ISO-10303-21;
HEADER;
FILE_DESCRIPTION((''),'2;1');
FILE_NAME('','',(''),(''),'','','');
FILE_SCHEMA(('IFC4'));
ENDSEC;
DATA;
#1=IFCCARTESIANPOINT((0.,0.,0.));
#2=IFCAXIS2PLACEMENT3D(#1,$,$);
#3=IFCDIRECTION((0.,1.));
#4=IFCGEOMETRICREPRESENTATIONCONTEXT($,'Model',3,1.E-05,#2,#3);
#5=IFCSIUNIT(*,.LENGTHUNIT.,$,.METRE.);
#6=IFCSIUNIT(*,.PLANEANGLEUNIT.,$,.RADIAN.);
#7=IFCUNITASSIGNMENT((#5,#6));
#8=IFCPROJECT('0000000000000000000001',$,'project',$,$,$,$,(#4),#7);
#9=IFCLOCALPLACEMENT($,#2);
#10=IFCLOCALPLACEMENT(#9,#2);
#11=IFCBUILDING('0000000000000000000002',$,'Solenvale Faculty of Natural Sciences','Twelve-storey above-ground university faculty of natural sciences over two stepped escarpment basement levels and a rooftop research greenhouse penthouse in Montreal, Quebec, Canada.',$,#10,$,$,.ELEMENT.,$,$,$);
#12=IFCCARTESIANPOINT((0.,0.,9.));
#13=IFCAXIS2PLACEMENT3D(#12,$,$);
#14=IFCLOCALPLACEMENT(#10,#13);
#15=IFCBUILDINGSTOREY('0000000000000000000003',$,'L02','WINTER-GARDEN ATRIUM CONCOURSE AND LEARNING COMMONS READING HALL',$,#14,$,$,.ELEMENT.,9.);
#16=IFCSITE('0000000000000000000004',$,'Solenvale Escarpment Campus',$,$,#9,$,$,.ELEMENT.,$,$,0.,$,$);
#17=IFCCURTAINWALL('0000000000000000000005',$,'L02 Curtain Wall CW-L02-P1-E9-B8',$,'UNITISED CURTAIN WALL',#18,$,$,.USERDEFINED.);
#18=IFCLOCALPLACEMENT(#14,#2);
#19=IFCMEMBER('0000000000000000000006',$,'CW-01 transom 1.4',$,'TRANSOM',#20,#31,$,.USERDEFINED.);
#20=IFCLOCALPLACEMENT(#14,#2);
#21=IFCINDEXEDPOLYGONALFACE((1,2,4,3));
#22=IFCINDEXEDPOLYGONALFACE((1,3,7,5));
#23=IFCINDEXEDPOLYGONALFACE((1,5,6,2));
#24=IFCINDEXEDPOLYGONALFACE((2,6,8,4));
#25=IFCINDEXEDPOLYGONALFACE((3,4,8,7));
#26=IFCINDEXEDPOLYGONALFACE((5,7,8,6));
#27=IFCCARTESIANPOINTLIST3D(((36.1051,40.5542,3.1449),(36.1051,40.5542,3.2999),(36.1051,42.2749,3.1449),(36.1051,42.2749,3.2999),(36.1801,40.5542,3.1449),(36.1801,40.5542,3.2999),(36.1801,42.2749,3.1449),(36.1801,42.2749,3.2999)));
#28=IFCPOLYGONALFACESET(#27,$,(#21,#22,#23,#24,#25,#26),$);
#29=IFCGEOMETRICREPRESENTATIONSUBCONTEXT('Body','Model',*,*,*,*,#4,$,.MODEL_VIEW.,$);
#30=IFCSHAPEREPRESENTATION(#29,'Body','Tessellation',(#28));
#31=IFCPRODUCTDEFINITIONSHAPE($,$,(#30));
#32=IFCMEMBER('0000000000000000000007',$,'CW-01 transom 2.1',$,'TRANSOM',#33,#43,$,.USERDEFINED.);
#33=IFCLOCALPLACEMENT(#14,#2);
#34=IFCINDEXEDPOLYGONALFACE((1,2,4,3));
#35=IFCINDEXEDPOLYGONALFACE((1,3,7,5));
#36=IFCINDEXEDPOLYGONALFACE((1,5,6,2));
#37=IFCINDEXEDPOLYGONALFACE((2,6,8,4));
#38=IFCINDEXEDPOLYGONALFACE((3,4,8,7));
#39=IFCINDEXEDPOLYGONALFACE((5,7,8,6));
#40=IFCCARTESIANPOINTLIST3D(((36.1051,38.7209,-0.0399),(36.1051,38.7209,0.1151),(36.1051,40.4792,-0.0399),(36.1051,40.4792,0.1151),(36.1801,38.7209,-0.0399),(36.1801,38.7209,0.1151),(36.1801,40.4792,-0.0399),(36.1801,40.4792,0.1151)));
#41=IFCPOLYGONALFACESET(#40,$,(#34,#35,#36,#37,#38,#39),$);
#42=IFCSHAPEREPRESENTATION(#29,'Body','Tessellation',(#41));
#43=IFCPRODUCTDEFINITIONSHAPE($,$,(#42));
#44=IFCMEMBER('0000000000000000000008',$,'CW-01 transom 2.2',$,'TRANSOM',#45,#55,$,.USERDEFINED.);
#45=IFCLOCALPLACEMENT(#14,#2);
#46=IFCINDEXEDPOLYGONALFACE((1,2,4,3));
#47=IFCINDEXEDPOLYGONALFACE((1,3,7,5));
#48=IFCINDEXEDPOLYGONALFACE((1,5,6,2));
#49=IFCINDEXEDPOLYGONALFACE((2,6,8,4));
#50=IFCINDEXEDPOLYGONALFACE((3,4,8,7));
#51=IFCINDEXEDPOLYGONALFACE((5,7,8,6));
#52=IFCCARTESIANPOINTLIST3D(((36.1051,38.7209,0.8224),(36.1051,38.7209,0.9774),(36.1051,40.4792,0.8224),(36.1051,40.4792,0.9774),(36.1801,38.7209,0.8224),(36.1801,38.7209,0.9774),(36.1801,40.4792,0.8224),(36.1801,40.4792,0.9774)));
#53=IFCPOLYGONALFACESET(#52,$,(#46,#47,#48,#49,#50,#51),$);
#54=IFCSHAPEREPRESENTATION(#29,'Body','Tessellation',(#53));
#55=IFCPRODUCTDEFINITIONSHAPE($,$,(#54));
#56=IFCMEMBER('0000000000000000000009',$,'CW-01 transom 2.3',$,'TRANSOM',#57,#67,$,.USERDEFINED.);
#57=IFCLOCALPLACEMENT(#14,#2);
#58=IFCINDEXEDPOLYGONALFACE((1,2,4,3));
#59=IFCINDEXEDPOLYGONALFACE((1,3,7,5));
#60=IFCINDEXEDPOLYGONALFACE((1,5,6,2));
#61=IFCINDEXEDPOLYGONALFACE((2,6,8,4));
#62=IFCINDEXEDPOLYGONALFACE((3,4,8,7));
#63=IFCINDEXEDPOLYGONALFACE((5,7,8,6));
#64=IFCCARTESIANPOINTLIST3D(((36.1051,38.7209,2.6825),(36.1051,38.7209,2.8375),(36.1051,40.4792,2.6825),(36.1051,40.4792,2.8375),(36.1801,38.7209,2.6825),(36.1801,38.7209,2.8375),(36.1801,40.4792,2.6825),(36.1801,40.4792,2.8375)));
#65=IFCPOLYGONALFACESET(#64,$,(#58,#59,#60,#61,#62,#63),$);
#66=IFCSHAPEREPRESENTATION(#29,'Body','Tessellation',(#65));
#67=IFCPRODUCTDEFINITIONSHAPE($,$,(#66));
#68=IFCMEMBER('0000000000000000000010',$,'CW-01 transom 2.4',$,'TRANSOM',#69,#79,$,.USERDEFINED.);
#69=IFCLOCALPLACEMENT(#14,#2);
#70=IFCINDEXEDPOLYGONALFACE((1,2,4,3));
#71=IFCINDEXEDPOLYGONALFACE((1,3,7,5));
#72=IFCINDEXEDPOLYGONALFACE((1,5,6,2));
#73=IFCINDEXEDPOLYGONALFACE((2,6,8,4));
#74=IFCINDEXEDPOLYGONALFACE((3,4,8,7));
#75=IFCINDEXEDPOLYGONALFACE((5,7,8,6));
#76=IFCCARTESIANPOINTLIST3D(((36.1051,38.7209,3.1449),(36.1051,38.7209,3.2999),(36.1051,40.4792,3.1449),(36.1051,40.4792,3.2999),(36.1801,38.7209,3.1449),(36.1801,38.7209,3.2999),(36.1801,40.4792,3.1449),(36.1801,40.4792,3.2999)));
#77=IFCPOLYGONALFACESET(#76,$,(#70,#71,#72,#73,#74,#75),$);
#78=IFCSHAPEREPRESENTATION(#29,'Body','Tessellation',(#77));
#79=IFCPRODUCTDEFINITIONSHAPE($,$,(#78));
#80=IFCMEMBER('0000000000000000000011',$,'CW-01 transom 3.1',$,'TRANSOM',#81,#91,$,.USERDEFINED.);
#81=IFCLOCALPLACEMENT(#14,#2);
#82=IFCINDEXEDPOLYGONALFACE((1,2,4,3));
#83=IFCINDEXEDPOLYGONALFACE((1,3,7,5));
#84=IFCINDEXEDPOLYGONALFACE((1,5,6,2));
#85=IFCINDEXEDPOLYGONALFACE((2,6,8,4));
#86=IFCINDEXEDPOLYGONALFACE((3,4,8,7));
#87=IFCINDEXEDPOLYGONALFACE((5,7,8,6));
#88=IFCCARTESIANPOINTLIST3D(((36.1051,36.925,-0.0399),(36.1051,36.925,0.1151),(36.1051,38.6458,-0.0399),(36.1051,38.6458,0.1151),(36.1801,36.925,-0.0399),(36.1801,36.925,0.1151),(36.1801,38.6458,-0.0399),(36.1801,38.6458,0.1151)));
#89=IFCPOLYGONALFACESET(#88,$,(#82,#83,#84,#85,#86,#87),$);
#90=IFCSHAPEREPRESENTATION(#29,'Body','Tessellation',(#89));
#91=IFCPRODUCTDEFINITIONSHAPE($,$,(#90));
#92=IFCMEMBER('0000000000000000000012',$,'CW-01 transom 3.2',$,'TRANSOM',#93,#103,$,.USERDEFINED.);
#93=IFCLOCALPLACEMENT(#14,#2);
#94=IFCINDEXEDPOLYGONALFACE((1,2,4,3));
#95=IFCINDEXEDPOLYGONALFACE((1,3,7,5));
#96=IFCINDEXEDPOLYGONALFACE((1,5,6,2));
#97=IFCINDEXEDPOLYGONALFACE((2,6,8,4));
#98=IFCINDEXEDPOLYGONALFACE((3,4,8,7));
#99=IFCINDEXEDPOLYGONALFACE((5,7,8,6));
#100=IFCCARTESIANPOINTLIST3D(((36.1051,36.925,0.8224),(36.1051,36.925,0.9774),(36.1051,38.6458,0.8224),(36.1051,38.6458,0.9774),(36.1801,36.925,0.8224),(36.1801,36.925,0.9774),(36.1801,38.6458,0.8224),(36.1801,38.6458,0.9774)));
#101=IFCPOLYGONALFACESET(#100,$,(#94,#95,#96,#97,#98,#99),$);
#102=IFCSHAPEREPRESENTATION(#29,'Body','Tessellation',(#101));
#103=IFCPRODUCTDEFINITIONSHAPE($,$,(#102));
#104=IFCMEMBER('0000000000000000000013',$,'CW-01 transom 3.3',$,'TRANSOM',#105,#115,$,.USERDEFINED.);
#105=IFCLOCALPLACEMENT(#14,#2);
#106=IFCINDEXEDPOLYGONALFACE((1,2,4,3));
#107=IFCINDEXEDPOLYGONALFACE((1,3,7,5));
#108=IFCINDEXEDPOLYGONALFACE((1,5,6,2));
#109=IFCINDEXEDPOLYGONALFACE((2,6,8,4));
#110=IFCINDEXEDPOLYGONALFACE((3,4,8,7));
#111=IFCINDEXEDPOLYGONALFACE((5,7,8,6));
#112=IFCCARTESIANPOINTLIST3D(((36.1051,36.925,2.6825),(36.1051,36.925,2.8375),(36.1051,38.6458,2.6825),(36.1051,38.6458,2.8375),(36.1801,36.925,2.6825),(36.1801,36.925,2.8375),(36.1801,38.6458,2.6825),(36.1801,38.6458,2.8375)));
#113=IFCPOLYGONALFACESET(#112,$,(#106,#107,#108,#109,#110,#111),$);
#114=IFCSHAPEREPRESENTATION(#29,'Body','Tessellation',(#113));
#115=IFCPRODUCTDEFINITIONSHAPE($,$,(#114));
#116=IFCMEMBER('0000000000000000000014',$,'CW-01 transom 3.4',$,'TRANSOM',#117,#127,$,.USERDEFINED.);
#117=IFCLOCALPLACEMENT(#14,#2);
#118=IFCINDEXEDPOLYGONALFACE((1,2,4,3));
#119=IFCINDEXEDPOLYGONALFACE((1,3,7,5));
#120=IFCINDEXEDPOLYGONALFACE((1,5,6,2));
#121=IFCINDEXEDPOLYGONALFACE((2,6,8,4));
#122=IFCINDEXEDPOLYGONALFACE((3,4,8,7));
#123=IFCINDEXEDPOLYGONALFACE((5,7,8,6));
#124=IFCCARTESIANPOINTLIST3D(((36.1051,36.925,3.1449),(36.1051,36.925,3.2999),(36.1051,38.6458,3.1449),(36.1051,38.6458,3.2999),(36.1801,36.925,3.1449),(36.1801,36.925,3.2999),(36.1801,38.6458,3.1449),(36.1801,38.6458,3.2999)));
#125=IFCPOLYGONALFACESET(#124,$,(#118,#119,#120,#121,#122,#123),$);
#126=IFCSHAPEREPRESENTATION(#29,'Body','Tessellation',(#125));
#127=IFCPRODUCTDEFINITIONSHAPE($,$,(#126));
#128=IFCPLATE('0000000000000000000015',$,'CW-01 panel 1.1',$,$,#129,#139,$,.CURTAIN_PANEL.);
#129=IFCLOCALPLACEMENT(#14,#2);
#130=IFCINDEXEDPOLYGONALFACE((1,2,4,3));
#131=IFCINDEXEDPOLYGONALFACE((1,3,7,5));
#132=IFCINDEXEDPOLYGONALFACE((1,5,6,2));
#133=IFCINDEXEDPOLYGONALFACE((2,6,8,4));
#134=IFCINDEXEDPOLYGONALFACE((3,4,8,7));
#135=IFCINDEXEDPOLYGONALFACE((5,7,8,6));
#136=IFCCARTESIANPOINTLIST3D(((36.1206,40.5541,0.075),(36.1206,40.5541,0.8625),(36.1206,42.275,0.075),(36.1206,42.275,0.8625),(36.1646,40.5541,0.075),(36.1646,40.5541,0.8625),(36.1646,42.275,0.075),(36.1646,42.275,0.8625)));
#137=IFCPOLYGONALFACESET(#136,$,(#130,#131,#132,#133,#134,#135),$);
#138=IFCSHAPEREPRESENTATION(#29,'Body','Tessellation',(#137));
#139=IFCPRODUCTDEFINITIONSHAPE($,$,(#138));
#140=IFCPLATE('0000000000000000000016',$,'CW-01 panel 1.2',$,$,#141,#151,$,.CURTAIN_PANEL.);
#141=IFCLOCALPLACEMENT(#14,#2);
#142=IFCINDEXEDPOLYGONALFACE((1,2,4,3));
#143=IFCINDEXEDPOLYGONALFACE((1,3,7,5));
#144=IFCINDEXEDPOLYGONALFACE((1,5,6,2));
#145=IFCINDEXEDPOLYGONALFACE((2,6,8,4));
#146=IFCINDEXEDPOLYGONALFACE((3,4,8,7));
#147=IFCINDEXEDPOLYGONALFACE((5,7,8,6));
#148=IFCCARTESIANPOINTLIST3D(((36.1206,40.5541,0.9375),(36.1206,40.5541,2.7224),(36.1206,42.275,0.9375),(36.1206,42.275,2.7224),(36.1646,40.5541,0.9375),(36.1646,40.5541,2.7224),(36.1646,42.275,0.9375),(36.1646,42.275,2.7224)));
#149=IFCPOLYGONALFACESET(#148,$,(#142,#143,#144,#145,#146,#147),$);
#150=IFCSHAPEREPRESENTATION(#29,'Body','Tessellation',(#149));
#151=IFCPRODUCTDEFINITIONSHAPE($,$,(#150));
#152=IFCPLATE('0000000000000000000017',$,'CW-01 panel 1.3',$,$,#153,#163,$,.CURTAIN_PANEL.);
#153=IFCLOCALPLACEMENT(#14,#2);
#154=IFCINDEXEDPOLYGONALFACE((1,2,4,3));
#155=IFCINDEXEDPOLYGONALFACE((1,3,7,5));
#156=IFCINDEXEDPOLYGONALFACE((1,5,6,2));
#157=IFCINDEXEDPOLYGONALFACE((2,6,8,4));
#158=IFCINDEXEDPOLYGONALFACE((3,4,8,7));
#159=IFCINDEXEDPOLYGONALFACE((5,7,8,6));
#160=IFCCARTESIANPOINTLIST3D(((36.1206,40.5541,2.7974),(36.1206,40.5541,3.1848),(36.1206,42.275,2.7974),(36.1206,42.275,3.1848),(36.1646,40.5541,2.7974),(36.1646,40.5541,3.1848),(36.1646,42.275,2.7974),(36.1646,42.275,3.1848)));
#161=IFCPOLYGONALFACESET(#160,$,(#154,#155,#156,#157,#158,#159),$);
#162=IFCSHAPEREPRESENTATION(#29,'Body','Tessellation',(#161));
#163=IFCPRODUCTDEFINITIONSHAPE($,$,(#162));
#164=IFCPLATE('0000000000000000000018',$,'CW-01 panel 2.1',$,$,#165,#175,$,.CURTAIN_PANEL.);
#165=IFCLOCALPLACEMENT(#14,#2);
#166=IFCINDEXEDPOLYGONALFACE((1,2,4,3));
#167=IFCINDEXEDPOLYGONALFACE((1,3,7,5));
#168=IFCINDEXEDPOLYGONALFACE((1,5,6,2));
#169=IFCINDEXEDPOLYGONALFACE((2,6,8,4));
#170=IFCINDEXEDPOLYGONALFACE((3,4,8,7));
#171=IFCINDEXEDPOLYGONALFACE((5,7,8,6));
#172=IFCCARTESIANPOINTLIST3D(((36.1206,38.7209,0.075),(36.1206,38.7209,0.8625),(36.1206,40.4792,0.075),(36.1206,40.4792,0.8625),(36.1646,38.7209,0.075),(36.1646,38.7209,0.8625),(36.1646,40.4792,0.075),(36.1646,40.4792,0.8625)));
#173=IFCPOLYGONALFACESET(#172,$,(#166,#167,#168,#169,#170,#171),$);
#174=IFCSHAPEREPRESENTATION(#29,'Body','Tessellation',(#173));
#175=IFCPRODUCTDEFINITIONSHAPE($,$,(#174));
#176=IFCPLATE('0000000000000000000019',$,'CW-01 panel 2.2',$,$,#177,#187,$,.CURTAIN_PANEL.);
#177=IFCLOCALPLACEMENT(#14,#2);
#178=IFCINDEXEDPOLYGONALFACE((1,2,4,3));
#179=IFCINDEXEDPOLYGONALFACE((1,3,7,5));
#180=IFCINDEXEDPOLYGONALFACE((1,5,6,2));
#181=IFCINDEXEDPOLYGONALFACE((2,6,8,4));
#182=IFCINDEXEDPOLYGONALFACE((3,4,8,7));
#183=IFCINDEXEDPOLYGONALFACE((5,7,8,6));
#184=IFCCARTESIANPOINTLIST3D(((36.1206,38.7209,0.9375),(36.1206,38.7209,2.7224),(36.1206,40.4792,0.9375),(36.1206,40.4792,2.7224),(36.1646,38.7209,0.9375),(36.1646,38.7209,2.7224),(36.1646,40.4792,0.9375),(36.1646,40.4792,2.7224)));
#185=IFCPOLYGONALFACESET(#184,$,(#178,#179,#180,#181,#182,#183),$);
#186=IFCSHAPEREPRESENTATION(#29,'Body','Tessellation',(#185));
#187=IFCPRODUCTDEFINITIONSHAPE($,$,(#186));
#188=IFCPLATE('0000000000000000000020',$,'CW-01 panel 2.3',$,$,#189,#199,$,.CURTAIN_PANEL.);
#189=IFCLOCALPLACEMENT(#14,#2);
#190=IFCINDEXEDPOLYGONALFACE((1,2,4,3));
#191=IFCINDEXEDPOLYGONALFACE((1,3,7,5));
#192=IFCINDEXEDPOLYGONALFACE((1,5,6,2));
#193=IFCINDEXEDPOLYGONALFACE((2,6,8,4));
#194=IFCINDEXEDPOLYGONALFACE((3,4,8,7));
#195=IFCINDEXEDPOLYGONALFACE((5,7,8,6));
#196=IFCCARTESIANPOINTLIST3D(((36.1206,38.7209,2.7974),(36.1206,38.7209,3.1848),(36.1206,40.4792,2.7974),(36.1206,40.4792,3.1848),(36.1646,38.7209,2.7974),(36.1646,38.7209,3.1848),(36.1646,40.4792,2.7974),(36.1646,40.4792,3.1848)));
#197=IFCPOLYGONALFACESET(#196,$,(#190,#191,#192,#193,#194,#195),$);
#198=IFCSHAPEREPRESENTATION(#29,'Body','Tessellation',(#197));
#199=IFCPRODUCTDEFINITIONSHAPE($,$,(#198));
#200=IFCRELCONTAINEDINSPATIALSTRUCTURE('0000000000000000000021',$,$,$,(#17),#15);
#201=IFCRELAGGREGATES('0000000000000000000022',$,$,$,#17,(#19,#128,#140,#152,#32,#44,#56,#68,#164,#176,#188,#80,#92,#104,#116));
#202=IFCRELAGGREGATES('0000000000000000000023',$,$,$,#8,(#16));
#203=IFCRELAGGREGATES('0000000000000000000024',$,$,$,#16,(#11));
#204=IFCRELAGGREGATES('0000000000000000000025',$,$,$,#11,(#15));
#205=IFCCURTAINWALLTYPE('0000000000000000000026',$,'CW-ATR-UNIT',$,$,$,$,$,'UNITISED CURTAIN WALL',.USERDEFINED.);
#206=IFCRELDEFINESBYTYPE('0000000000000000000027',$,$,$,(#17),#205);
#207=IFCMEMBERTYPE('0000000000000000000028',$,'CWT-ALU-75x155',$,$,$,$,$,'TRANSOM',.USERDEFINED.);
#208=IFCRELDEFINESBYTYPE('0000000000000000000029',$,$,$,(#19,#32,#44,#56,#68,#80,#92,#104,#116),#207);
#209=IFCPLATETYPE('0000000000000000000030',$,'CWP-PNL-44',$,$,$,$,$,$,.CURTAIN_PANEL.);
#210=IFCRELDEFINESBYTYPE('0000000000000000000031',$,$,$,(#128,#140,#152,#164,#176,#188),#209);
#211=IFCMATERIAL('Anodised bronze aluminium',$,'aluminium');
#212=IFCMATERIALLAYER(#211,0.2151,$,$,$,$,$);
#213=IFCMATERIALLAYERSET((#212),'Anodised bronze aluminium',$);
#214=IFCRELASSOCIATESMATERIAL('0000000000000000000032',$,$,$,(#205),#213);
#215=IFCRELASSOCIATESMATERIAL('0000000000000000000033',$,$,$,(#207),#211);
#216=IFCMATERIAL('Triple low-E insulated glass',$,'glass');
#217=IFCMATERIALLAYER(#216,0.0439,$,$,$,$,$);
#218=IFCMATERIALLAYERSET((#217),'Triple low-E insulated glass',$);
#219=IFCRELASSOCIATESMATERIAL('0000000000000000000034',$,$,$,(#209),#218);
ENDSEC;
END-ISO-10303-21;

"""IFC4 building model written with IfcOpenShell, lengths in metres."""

from ifc_helpers import new_model, si_unit, direction, frame, origin, origin_2d, place, context, subcontext, project, spatial, rectangle, extrude, material, layer, layer_set, material_profile, profile_set, type_object, element, aggregate, save


model = new_model("IFC4")

# Units and contexts
model_context = context("Model", 3, precision=1e-05, world=origin(), true_north=direction((0.0, 1.0)))
body_context = subcontext(model_context, "Body", "Model", "MODEL_VIEW")
ifc_project = project(units=[si_unit("LENGTHUNIT", "METRE"), si_unit("PLANEANGLEUNIT", "RADIAN")], contexts=[model_context])

# Site, building, storey
site_placement = place(None, origin())
site = spatial("IfcSite", under=ifc_project, at=site_placement, Name="Solenvale Escarpment Campus", CompositionType="ELEMENT", RefElevation=0.0)
building_placement = place(site_placement, origin())
building = spatial("IfcBuilding", under=site, at=building_placement, Name="Solenvale Faculty of Natural Sciences", Description="Twelve-storey above-ground university faculty of natural sciences over two stepped escarpment basement levels and a rooftop research greenhouse penthouse in Montreal, Quebec, Canada.", CompositionType="ELEMENT")
storey_placement = place(building_placement, frame((0.0, 0.0, 9.0)))
storey = spatial("IfcBuildingStorey", under=building, at=storey_placement, Name="L02", Description="WINTER-GARDEN ATRIUM CONCOURSE AND LEARNING COMMONS READING HALL", CompositionType="ELEMENT", Elevation=9.0)

# Curtain wall, members, plates
ifc_material_1 = material(Name="Anodised bronze aluminium", Category="aluminium")
ifc_layer_1 = layer(ifc_material_1, 0.2151)
ifc_layer_set_1 = layer_set([ifc_layer_1], Name="Anodised bronze aluminium")
curtain_wall_type = type_object("IfcCurtainWallType", Name="CW-ATR-UNIT", ElementType="UNITISED CURTAIN WALL", PredefinedType="USERDEFINED", material=ifc_layer_set_1)
curtain_wall_placement = place(storey_placement, origin())
curtain_wall = element("IfcCurtainWall", 1, at=curtain_wall_placement, inside=storey, type_object=curtain_wall_type, Name="L02 Curtain Wall CW-L02-P1-E9-B8", ObjectType="UNITISED CURTAIN WALL", PredefinedType="USERDEFINED")
ifc_material_profile_1 = material_profile(ifc_material_1, rectangle(XDim=0.075, YDim=0.155, at=origin_2d()), Name="ALU-TRN-75x155")
ifc_profile_set_1 = profile_set([ifc_material_profile_1], Name="Anodised bronze aluminium")
member_type_1 = type_object("IfcMemberType", Name="CWT-ALU-75x155", ElementType="TRANSOM", PredefinedType="USERDEFINED", material=ifc_profile_set_1)
member_1_placement = place(storey_placement, frame((36.1426, 42.2749, 3.2224), z_axis=(0.0, -1.0, 0.0), x_axis=(1.0, 0.0, 0.0)))
member_1 = element("IfcMember", 2, at=member_1_placement, type_object=member_type_1, Name="CW-01 transom 1.4", ObjectType="TRANSOM", PredefinedType="USERDEFINED", context=body_context, shape_type="SweptSolid", body=[
    extrude(rectangle(XDim=0.075, YDim=0.155, at=origin_2d()), origin(), (0.0, 0.0, 1.0), 1.7207),
])
member_2_placement = place(storey_placement, frame((36.1426, 40.4792, 0.0376), z_axis=(0.0, -1.0, 0.0), x_axis=(1.0, 0.0, 0.0)))
member_2 = element("IfcMember", 3, at=member_2_placement, type_object=member_type_1, Name="CW-01 transom 2.1", ObjectType="TRANSOM", PredefinedType="USERDEFINED", context=body_context, shape_type="SweptSolid", body=[
    extrude(rectangle(XDim=0.075, YDim=0.155, at=origin_2d()), origin(), (0.0, 0.0, 1.0), 1.7583),
])
member_3_placement = place(storey_placement, frame((36.1426, 40.4792, 0.8999), z_axis=(0.0, -1.0, 0.0), x_axis=(1.0, 0.0, 0.0)))
member_3 = element("IfcMember", 4, at=member_3_placement, type_object=member_type_1, Name="CW-01 transom 2.2", ObjectType="TRANSOM", PredefinedType="USERDEFINED", context=body_context, shape_type="SweptSolid", body=[
    extrude(rectangle(XDim=0.075, YDim=0.155, at=origin_2d()), origin(), (0.0, 0.0, 1.0), 1.7583),
])
member_4_placement = place(storey_placement, frame((36.1426, 40.4792, 2.76), z_axis=(0.0, -1.0, 0.0), x_axis=(1.0, 0.0, 0.0)))
member_4 = element("IfcMember", 5, at=member_4_placement, type_object=member_type_1, Name="CW-01 transom 2.3", ObjectType="TRANSOM", PredefinedType="USERDEFINED", context=body_context, shape_type="SweptSolid", body=[
    extrude(rectangle(XDim=0.075, YDim=0.155, at=origin_2d()), origin(), (0.0, 0.0, 1.0), 1.7583),
])
member_5_placement = place(storey_placement, frame((36.1426, 40.4792, 3.2224), z_axis=(0.0, -1.0, 0.0), x_axis=(1.0, 0.0, 0.0)))
member_5 = element("IfcMember", 6, at=member_5_placement, type_object=member_type_1, Name="CW-01 transom 2.4", ObjectType="TRANSOM", PredefinedType="USERDEFINED", context=body_context, shape_type="SweptSolid", body=[
    extrude(rectangle(XDim=0.075, YDim=0.155, at=origin_2d()), origin(), (0.0, 0.0, 1.0), 1.7583),
])
member_6_placement = place(storey_placement, frame((36.1426, 38.6458, 0.0376), z_axis=(0.0, -1.0, 0.0), x_axis=(1.0, 0.0, 0.0)))
member_6 = element("IfcMember", 7, at=member_6_placement, type_object=member_type_1, Name="CW-01 transom 3.1", ObjectType="TRANSOM", PredefinedType="USERDEFINED", context=body_context, shape_type="SweptSolid", body=[
    extrude(rectangle(XDim=0.075, YDim=0.155, at=origin_2d()), origin(), (0.0, 0.0, 1.0), 1.7207),
])
member_7_placement = place(storey_placement, frame((36.1426, 38.6458, 0.8999), z_axis=(0.0, -1.0, 0.0), x_axis=(1.0, 0.0, 0.0)))
member_7 = element("IfcMember", 8, at=member_7_placement, type_object=member_type_1, Name="CW-01 transom 3.2", ObjectType="TRANSOM", PredefinedType="USERDEFINED", context=body_context, shape_type="SweptSolid", body=[
    extrude(rectangle(XDim=0.075, YDim=0.155, at=origin_2d()), origin(), (0.0, 0.0, 1.0), 1.7207),
])
member_8_placement = place(storey_placement, frame((36.1426, 38.6458, 2.76), z_axis=(0.0, -1.0, 0.0), x_axis=(1.0, 0.0, 0.0)))
member_8 = element("IfcMember", 9, at=member_8_placement, type_object=member_type_1, Name="CW-01 transom 3.3", ObjectType="TRANSOM", PredefinedType="USERDEFINED", context=body_context, shape_type="SweptSolid", body=[
    extrude(rectangle(XDim=0.075, YDim=0.155, at=origin_2d()), origin(), (0.0, 0.0, 1.0), 1.7207),
])
member_9_placement = place(storey_placement, frame((36.1426, 38.6458, 3.2224), z_axis=(0.0, -1.0, 0.0), x_axis=(1.0, 0.0, 0.0)))
member_9 = element("IfcMember", 10, at=member_9_placement, type_object=member_type_1, Name="CW-01 transom 3.4", ObjectType="TRANSOM", PredefinedType="USERDEFINED", context=body_context, shape_type="SweptSolid", body=[
    extrude(rectangle(XDim=0.075, YDim=0.155, at=origin_2d()), origin(), (0.0, 0.0, 1.0), 1.7207),
])
ifc_material_2 = material(Name="Triple low-E insulated glass", Category="glass")
ifc_layer_2 = layer(ifc_material_2, 0.0439)
ifc_layer_set_2 = layer_set([ifc_layer_2], Name="Triple low-E insulated glass")
plate_type = type_object("IfcPlateType", Name="CWP-PNL-44", PredefinedType="CURTAIN_PANEL", material=ifc_layer_set_2)
plate_1_placement = place(storey_placement, frame((36.1426, 41.4146, 0.075), z_axis=(0.0, 0.0, 1.0), x_axis=(0.0, -1.0, 0.0)))
plate_1 = element("IfcPlate", 11, at=plate_1_placement, type_object=plate_type, Name="CW-01 panel 1.1", PredefinedType="CURTAIN_PANEL", context=body_context, shape_type="SweptSolid", body=[
    extrude(rectangle(XDim=1.7209, YDim=0.0439, at=origin_2d()), origin(), (0.0, 0.0, 1.0), 0.7876),
])
plate_2_placement = place(storey_placement, frame((36.1426, 41.4146, 0.9375), z_axis=(0.0, 0.0, 1.0), x_axis=(0.0, -1.0, 0.0)))
plate_2 = element("IfcPlate", 12, at=plate_2_placement, type_object=plate_type, Name="CW-01 panel 1.2", PredefinedType="CURTAIN_PANEL", context=body_context, shape_type="SweptSolid", body=[
    extrude(rectangle(XDim=1.7209, YDim=0.0439, at=origin_2d()), origin(), (0.0, 0.0, 1.0), 1.7849),
])
plate_3_placement = place(storey_placement, frame((36.1426, 41.4146, 2.7974), z_axis=(0.0, 0.0, 1.0), x_axis=(0.0, -1.0, 0.0)))
plate_3 = element("IfcPlate", 13, at=plate_3_placement, type_object=plate_type, Name="CW-01 panel 1.3", PredefinedType="CURTAIN_PANEL", context=body_context, shape_type="SweptSolid", body=[
    extrude(rectangle(XDim=1.7209, YDim=0.0439, at=origin_2d()), origin(), (0.0, 0.0, 1.0), 0.3875),
])
plate_4_placement = place(storey_placement, frame((36.1426, 39.6001, 0.075), z_axis=(0.0, 0.0, 1.0), x_axis=(0.0, -1.0, 0.0)))
plate_4 = element("IfcPlate", 14, at=plate_4_placement, type_object=plate_type, Name="CW-01 panel 2.1", PredefinedType="CURTAIN_PANEL", context=body_context, shape_type="SweptSolid", body=[
    extrude(rectangle(XDim=1.7583, YDim=0.0439, at=origin_2d()), origin(), (0.0, 0.0, 1.0), 0.7876),
])
plate_5_placement = place(storey_placement, frame((36.1426, 39.6001, 0.9375), z_axis=(0.0, 0.0, 1.0), x_axis=(0.0, -1.0, 0.0)))
plate_5 = element("IfcPlate", 15, at=plate_5_placement, type_object=plate_type, Name="CW-01 panel 2.2", PredefinedType="CURTAIN_PANEL", context=body_context, shape_type="SweptSolid", body=[
    extrude(rectangle(XDim=1.7583, YDim=0.0439, at=origin_2d()), origin(), (0.0, 0.0, 1.0), 1.7849),
])
plate_6_placement = place(storey_placement, frame((36.1426, 39.6001, 2.7974), z_axis=(0.0, 0.0, 1.0), x_axis=(0.0, -1.0, 0.0)))
plate_6 = element("IfcPlate", 16, at=plate_6_placement, type_object=plate_type, Name="CW-01 panel 2.3", PredefinedType="CURTAIN_PANEL", context=body_context, shape_type="SweptSolid", body=[
    extrude(rectangle(XDim=1.7583, YDim=0.0439, at=origin_2d()), origin(), (0.0, 0.0, 1.0), 0.3875),
])
aggregate(curtain_wall, [member_1, plate_1, plate_2, plate_3, member_2, member_3, member_4, member_5, plate_4, plate_5, plate_6, member_6, member_7, member_8, member_9])

save(model, "model.ifc")
